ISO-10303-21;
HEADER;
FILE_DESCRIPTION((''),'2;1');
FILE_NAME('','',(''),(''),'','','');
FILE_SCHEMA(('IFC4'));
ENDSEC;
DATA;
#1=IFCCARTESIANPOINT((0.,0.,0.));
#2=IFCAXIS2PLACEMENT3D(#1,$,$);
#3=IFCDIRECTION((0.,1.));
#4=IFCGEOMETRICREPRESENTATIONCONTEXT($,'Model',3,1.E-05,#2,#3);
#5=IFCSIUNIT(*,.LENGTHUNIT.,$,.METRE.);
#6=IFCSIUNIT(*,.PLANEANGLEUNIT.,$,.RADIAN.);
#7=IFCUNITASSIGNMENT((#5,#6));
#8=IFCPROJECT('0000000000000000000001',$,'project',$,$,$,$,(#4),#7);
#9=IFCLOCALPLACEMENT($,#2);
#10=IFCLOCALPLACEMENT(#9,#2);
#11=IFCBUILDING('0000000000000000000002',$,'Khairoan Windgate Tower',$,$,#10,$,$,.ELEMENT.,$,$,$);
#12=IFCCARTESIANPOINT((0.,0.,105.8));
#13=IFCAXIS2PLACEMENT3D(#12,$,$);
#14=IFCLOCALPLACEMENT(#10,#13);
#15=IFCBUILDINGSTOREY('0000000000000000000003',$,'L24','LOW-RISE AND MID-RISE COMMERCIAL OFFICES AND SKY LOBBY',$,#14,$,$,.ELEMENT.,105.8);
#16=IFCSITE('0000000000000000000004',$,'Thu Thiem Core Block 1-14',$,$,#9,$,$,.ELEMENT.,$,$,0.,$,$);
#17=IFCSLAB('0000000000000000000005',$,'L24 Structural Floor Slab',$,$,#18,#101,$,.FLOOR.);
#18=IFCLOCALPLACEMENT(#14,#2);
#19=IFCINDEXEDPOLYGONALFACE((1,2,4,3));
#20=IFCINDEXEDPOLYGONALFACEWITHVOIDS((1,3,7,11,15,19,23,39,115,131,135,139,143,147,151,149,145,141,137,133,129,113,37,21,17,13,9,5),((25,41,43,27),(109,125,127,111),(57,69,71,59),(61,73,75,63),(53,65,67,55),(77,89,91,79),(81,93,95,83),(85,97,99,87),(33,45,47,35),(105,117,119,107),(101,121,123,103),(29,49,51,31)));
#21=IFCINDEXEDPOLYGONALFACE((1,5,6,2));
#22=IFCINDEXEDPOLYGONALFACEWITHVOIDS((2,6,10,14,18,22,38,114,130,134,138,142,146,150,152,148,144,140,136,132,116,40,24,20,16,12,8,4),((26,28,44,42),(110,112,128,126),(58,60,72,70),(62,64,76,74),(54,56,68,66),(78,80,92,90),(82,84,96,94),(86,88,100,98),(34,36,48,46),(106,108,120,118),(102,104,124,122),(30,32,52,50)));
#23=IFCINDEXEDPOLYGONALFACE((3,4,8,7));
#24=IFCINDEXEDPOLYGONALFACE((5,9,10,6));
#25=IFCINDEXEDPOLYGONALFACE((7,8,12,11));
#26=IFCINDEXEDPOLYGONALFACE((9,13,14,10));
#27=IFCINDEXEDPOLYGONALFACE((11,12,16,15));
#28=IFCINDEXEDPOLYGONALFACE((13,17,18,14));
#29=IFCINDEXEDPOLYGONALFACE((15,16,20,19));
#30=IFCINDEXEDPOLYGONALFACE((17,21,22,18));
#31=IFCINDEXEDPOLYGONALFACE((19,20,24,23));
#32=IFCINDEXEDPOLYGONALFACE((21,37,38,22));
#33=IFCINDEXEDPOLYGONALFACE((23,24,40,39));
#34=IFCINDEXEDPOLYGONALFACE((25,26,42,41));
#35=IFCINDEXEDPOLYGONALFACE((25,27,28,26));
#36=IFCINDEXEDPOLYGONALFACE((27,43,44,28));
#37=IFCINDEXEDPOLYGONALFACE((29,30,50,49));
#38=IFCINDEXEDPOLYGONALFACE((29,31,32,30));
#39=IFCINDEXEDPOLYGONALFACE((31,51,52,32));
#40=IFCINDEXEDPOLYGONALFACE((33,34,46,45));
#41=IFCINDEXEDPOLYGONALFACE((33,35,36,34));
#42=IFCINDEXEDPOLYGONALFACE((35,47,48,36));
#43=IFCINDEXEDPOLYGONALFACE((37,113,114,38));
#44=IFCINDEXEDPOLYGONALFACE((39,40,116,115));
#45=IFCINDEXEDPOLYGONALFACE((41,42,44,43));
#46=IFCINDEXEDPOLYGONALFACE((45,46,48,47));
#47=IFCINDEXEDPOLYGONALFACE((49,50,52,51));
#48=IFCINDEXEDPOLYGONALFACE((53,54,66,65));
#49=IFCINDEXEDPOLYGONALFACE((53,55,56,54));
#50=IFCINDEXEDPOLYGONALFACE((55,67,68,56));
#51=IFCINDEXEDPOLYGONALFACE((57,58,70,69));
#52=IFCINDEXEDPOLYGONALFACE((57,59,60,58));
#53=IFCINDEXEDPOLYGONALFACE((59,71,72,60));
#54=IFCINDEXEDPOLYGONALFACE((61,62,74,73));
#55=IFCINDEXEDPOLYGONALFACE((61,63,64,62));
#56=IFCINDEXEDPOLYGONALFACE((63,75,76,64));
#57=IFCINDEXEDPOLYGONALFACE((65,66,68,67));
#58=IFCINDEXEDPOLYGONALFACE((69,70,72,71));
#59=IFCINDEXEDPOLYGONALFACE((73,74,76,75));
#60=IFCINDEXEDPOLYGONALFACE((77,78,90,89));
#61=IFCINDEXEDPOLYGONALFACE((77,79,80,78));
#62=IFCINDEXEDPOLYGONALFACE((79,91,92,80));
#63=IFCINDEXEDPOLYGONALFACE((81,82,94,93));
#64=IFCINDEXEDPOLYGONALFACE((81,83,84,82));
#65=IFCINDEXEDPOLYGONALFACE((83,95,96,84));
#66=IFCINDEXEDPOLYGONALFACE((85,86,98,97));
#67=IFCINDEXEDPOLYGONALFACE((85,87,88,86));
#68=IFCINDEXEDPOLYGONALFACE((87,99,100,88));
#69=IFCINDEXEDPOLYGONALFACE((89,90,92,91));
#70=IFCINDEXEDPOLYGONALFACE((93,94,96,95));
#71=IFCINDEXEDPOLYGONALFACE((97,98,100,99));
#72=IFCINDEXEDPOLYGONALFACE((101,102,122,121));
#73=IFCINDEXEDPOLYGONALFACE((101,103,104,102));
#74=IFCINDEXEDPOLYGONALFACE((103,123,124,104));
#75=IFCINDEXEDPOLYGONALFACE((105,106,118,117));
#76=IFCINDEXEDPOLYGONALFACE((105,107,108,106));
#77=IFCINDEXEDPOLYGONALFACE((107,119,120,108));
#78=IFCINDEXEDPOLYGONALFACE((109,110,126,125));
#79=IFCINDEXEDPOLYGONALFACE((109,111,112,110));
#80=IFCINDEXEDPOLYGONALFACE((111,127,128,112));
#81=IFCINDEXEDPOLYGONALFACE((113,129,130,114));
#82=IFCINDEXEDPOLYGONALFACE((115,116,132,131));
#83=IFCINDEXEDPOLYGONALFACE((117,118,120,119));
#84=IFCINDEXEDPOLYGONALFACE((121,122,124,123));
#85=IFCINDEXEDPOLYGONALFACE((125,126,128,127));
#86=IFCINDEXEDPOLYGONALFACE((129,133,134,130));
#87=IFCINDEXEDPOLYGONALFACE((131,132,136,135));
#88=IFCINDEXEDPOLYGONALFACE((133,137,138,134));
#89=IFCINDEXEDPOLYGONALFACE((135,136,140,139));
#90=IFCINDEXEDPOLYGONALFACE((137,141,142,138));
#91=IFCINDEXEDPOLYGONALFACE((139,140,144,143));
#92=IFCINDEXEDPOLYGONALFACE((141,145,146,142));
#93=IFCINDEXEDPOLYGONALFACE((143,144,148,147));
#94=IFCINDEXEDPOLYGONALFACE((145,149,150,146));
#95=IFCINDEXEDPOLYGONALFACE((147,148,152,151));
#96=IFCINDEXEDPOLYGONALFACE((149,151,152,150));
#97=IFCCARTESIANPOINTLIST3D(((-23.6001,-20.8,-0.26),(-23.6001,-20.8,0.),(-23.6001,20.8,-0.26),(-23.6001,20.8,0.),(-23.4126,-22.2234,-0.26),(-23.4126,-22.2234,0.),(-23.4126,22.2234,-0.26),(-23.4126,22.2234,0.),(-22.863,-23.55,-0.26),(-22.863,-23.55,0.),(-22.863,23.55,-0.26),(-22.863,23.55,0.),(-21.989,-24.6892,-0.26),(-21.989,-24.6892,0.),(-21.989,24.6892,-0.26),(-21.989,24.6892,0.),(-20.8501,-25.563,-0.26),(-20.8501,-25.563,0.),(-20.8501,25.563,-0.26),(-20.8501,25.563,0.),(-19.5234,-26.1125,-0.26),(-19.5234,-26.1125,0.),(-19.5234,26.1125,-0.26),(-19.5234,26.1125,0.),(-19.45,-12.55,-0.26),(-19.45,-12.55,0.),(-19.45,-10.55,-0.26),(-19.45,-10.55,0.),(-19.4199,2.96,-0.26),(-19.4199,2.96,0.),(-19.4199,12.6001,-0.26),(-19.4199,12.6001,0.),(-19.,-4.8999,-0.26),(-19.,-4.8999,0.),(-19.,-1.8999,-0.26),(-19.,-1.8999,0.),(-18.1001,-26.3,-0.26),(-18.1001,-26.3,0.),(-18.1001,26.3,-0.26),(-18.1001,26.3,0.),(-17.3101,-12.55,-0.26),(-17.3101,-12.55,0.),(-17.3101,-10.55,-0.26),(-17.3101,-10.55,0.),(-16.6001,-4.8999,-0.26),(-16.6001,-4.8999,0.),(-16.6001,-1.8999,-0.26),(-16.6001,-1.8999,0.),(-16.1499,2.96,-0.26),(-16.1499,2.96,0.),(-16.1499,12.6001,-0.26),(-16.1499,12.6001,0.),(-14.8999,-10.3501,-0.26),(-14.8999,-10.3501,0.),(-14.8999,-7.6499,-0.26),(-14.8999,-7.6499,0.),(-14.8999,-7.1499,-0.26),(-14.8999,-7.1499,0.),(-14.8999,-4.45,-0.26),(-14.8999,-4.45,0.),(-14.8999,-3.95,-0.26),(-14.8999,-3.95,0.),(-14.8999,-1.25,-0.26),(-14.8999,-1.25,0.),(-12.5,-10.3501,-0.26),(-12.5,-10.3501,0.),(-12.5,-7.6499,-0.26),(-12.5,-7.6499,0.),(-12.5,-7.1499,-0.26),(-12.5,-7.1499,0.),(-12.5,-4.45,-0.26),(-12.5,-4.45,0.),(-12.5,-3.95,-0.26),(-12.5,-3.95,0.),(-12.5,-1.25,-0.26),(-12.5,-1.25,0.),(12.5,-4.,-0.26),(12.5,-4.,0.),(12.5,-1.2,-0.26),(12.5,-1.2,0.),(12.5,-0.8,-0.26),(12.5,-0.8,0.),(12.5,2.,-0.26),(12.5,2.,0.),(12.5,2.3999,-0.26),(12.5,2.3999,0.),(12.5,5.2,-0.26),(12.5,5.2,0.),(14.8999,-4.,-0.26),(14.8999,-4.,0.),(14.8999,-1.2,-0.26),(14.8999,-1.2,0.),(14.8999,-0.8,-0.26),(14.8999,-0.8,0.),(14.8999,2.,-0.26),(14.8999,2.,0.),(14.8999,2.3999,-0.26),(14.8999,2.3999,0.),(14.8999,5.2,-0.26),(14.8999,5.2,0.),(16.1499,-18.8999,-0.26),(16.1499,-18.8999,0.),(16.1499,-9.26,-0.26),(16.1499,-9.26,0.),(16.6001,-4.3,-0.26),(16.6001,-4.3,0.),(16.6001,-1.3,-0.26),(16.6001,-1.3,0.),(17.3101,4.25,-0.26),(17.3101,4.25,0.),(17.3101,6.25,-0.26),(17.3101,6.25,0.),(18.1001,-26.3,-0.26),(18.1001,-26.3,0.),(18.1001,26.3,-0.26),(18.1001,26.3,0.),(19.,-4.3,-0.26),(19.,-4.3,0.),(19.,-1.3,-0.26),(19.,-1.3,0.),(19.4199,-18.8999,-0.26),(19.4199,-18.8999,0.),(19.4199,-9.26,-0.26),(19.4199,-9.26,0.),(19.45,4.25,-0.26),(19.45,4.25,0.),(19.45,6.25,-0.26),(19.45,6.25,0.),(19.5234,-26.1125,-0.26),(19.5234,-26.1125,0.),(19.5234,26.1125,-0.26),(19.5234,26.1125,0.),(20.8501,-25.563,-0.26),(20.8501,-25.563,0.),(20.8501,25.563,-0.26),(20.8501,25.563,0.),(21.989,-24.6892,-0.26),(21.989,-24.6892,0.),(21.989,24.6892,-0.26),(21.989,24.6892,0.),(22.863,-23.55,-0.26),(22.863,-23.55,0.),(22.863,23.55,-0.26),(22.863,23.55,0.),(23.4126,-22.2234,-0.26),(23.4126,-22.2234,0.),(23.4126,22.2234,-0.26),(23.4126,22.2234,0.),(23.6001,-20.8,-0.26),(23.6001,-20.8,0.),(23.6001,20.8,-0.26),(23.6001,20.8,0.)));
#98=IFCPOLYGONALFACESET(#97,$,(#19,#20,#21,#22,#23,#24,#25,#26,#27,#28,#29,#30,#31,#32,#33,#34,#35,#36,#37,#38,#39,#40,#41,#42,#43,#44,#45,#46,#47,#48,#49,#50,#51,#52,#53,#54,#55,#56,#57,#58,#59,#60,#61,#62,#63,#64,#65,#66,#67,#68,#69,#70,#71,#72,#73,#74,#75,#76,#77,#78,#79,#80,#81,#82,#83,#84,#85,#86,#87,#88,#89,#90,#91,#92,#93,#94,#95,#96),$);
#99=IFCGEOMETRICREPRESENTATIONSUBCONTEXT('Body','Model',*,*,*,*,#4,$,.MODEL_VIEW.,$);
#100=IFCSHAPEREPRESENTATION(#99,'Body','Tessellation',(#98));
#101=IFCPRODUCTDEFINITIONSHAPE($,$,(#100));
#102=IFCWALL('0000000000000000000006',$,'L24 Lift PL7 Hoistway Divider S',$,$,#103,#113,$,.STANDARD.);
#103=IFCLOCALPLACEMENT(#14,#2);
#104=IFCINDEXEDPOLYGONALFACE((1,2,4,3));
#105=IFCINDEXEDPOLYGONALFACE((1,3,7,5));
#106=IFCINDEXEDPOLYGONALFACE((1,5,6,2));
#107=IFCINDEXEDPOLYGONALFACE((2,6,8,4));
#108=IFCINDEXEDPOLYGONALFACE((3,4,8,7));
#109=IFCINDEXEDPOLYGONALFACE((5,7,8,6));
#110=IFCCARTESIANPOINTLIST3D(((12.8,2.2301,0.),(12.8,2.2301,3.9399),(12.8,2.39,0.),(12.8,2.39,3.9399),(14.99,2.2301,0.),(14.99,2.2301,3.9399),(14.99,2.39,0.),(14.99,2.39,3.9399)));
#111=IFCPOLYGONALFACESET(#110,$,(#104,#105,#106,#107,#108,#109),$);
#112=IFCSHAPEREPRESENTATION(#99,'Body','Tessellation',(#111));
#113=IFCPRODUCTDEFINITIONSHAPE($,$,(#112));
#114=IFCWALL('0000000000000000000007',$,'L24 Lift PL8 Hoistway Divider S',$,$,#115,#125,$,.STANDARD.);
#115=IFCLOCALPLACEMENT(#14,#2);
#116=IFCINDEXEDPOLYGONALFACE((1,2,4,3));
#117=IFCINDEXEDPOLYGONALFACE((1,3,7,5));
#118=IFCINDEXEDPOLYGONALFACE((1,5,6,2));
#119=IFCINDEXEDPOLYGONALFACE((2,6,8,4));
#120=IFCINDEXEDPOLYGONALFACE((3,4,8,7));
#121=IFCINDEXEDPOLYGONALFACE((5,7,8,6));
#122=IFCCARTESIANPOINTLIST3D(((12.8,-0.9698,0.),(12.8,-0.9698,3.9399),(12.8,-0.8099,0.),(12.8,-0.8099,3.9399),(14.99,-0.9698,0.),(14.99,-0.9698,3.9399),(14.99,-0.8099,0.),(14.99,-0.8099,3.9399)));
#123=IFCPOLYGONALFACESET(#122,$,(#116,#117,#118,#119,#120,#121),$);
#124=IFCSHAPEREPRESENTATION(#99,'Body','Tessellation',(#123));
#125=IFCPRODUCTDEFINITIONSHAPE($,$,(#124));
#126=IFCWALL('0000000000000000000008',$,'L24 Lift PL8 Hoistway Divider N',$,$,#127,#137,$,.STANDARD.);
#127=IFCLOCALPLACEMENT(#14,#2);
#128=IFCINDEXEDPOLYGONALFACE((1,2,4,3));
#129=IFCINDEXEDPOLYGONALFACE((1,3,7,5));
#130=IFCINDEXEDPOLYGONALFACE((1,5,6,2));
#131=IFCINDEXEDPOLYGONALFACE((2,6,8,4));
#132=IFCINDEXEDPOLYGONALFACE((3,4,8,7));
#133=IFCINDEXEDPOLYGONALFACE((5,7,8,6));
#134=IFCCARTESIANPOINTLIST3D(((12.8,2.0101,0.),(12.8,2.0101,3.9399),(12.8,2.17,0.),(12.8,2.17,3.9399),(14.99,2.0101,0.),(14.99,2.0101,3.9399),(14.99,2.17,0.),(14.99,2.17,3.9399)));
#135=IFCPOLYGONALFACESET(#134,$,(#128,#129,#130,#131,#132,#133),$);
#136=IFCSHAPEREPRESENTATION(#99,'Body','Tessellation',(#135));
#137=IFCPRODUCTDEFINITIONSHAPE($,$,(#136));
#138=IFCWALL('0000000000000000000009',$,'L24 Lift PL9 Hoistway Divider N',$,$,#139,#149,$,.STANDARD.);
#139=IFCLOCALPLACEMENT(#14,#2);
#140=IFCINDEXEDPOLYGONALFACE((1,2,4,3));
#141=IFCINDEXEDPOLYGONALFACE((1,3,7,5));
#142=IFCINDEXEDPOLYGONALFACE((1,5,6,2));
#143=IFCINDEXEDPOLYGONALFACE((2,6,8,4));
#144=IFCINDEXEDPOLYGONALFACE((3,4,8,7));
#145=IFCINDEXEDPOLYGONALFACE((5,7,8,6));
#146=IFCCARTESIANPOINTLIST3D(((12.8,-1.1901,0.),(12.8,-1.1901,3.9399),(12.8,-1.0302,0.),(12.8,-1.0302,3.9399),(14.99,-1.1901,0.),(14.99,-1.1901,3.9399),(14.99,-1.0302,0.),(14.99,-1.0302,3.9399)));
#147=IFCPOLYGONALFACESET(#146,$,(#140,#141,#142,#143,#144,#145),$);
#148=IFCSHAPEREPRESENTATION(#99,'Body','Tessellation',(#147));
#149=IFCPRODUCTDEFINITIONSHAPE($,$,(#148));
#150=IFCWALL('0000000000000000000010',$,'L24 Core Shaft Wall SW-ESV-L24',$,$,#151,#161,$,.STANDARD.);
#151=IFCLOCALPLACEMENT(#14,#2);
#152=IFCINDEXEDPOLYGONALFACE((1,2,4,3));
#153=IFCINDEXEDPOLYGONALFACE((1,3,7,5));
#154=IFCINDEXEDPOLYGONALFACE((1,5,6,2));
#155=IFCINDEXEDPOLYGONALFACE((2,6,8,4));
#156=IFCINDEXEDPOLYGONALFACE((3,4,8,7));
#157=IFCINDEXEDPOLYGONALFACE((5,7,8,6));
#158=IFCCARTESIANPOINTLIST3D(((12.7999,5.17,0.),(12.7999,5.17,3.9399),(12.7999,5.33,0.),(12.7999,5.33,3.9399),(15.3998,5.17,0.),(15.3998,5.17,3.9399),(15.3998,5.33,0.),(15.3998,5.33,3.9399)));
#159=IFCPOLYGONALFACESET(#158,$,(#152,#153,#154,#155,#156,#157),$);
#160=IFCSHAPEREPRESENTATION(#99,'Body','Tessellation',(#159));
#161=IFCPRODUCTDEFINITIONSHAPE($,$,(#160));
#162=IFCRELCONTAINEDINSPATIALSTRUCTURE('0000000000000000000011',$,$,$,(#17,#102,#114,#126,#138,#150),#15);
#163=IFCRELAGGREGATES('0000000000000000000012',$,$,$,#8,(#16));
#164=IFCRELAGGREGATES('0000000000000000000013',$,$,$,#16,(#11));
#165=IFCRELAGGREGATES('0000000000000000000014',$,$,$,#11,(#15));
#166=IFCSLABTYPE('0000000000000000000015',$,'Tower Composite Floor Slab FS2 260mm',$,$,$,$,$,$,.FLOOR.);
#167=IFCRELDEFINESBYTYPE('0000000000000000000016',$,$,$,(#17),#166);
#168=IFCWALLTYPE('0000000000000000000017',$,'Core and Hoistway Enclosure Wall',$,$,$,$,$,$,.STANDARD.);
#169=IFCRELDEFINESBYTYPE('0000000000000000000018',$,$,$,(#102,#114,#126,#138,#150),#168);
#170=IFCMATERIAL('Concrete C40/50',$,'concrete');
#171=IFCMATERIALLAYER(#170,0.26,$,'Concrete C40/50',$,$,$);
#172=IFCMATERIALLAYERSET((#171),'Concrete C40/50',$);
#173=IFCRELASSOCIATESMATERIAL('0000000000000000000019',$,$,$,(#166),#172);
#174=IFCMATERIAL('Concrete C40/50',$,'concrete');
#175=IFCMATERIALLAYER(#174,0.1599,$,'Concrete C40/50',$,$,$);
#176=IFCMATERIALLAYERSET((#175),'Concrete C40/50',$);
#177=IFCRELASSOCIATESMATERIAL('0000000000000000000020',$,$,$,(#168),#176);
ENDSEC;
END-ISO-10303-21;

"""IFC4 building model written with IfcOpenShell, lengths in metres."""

from ifc_helpers import new_model, si_unit, direction, frame, frame_2d, origin, place, context, subcontext, project, spatial, polyline, rectangle, outline, extrude, material, layer, layer_set, type_object, element, save


model = new_model("IFC4")

# Units and contexts
model_context = context("Model", 3, precision=1e-05, world=origin(), true_north=direction((0.0, 1.0)))
body_context = subcontext(model_context, "Body", "Model", "MODEL_VIEW")
ifc_project = project(units=[si_unit("LENGTHUNIT", "METRE"), si_unit("PLANEANGLEUNIT", "RADIAN")], contexts=[model_context])

# Site, building, storey
site_placement = place(None, origin())
site = spatial("IfcSite", under=ifc_project, at=site_placement, Name="Thu Thiem Core Block 1-14", CompositionType="ELEMENT", RefElevation=0.0)
building_placement = place(site_placement, origin())
building = spatial("IfcBuilding", under=site, at=building_placement, Name="Khairoan Windgate Tower", CompositionType="ELEMENT")
storey_placement = place(building_placement, frame((0.0, 0.0, 105.8)))
storey = spatial("IfcBuildingStorey", under=building, at=storey_placement, Name="L24", Description="LOW-RISE AND MID-RISE COMMERCIAL OFFICES AND SKY LOBBY", CompositionType="ELEMENT", Elevation=105.8)

# Slab
ifc_material_1 = material(Name="Concrete C40/50", Category="concrete")
ifc_layer_1 = layer(ifc_material_1, 0.26, Name="Concrete C40/50")
ifc_layer_set_1 = layer_set([ifc_layer_1], Name="Concrete C40/50")
slab_type_1 = type_object("IfcSlabType", Name="Tower Composite Floor Slab FS2 260mm", PredefinedType="FLOOR", material=ifc_layer_set_1)
slab_1_placement = place(storey_placement, frame((0.0, 0.0, -0.26)))
element("IfcSlab", 1, at=slab_1_placement, inside=storey, type_object=slab_type_1, Name="L24 Structural Floor Slab", PredefinedType="FLOOR", context=body_context, shape_type="SweptSolid", body=[
    extrude(outline(polyline([(18.1001, -26.3), (19.5234, -26.1125), (20.8501, -25.563), (21.989, -24.6892), (22.863, -23.55), (23.4126, -22.2234), (23.6001, -20.8), (23.6001, 20.8), (23.4126, 22.2234), (22.863, 23.55), (21.989, 24.6892), (20.8501, 25.563), (19.5234, 26.1125), (18.1001, 26.3), (-18.1001, 26.3), (-19.5234, 26.1125), (-20.8501, 25.563), (-21.989, 24.6892), (-22.863, 23.55), (-23.4126, 22.2234), (-23.6001, 20.8), (-23.6001, -20.8), (-23.4126, -22.2234), (-22.863, -23.55), (-21.989, -24.6892), (-20.8501, -25.563), (-19.5234, -26.1125), (-18.1001, -26.3), (18.1001, -26.3)]), holes=[polyline([(16.1499, -9.26), (16.1499, -18.8999), (19.4199, -18.8999), (19.4199, -9.26), (16.1499, -9.26)]), polyline([(-16.1499, 2.96), (-16.1499, 12.6001), (-19.4199, 12.6001), (-19.4199, 2.96), (-16.1499, 2.96)]), polyline([(-14.8999, -3.95), (-12.5, -3.95), (-12.5, -1.25), (-14.8999, -1.25), (-14.8999, -3.95)]), polyline([(-14.8999, -7.1499), (-12.5, -7.1499), (-12.5, -4.45), (-14.8999, -4.45), (-14.8999, -7.1499)]), polyline([(-14.8999, -10.3501), (-12.5, -10.3501), (-12.5, -7.6499), (-14.8999, -7.6499), (-14.8999, -10.3501)]), polyline([(12.5, 2.3999), (14.8999, 2.3999), (14.8999, 5.2), (12.5, 5.2), (12.5, 2.3999)]), polyline([(12.5, -0.8), (14.8999, -0.8), (14.8999, 2.0), (12.5, 2.0), (12.5, -0.8)]), polyline([(12.5, -4.0), (14.8999, -4.0), (14.8999, -1.2), (12.5, -1.2), (12.5, -4.0)]), polyline([(16.6001, -4.3), (19.0, -4.3), (19.0, -1.3), (16.6001, -1.3), (16.6001, -4.3)]), polyline([(-19.0, -4.8999), (-16.6001, -4.8999), (-16.6001, -1.8999), (-19.0, -1.8999), (-19.0, -4.8999)]), polyline([(-19.45, -12.55), (-17.3101, -12.55), (-17.3101, -10.55), (-19.45, -10.55), (-19.45, -12.55)]), polyline([(17.3101, 4.25), (19.45, 4.25), (19.45, 6.25), (17.3101, 6.25), (17.3101, 4.25)])]), origin(), (0.0, 0.0, 1.0), 0.26),
])

# Walls
ifc_material_2 = material(Name="Concrete C40/50", Category="concrete")
ifc_layer_2 = layer(ifc_material_2, 0.1599, Name="Concrete C40/50")
ifc_layer_set_2 = layer_set([ifc_layer_2], Name="Concrete C40/50")
wall_type_1 = type_object("IfcWallType", Name="Core and Hoistway Enclosure Wall", PredefinedType="STANDARD", material=ifc_layer_set_2)
for number, where, z_axis, x_axis, name in (
    (2, (12.8, 2.3101, 0.0), (0.0, 0.0, 1.0), (1.0, 0.0, 0.0), "L24 Lift PL7 Hoistway Divider S"),
    (3, (12.8, -0.8899, 0.0), (0.0, 0.0, 1.0), (1.0, 0.0, 0.0), "L24 Lift PL8 Hoistway Divider S"),
    (4, (12.8, 2.0901, 0.0), (0.0, 0.0, 1.0), (1.0, 0.0, 0.0), "L24 Lift PL8 Hoistway Divider N"),
    (5, (12.8, -1.1101, 0.0), (0.0, 0.0, 1.0), (1.0, 0.0, 0.0), "L24 Lift PL9 Hoistway Divider N"),
):
    element("IfcWall", number, at=place(storey_placement, frame(where, z_axis=z_axis, x_axis=x_axis)), inside=storey, type_object=wall_type_1, Name=name, PredefinedType="STANDARD", context=body_context, shape_type="SweptSolid", body=[
        extrude(rectangle(XDim=2.1899, YDim=0.1599, at=frame_2d((1.095, 0.0))), origin(), (0.0, 0.0, 1.0), 3.9399),
    ])
wall_1_placement = place(storey_placement, frame((12.8, 5.25, 0.0), z_axis=(0.0, 0.0, 1.0), x_axis=(1.0, 0.0, 0.0)))
element("IfcWall", 6, at=wall_1_placement, inside=storey, type_object=wall_type_1, Name="L24 Core Shaft Wall SW-ESV-L24", PredefinedType="STANDARD", context=body_context, shape_type="SweptSolid", body=[
    extrude(rectangle(XDim=2.5999, YDim=0.1599, at=frame_2d((1.2998, 0.0))), origin(), (0.0, 0.0, 1.0), 3.9399),
])

save(model, "model.ifc")
